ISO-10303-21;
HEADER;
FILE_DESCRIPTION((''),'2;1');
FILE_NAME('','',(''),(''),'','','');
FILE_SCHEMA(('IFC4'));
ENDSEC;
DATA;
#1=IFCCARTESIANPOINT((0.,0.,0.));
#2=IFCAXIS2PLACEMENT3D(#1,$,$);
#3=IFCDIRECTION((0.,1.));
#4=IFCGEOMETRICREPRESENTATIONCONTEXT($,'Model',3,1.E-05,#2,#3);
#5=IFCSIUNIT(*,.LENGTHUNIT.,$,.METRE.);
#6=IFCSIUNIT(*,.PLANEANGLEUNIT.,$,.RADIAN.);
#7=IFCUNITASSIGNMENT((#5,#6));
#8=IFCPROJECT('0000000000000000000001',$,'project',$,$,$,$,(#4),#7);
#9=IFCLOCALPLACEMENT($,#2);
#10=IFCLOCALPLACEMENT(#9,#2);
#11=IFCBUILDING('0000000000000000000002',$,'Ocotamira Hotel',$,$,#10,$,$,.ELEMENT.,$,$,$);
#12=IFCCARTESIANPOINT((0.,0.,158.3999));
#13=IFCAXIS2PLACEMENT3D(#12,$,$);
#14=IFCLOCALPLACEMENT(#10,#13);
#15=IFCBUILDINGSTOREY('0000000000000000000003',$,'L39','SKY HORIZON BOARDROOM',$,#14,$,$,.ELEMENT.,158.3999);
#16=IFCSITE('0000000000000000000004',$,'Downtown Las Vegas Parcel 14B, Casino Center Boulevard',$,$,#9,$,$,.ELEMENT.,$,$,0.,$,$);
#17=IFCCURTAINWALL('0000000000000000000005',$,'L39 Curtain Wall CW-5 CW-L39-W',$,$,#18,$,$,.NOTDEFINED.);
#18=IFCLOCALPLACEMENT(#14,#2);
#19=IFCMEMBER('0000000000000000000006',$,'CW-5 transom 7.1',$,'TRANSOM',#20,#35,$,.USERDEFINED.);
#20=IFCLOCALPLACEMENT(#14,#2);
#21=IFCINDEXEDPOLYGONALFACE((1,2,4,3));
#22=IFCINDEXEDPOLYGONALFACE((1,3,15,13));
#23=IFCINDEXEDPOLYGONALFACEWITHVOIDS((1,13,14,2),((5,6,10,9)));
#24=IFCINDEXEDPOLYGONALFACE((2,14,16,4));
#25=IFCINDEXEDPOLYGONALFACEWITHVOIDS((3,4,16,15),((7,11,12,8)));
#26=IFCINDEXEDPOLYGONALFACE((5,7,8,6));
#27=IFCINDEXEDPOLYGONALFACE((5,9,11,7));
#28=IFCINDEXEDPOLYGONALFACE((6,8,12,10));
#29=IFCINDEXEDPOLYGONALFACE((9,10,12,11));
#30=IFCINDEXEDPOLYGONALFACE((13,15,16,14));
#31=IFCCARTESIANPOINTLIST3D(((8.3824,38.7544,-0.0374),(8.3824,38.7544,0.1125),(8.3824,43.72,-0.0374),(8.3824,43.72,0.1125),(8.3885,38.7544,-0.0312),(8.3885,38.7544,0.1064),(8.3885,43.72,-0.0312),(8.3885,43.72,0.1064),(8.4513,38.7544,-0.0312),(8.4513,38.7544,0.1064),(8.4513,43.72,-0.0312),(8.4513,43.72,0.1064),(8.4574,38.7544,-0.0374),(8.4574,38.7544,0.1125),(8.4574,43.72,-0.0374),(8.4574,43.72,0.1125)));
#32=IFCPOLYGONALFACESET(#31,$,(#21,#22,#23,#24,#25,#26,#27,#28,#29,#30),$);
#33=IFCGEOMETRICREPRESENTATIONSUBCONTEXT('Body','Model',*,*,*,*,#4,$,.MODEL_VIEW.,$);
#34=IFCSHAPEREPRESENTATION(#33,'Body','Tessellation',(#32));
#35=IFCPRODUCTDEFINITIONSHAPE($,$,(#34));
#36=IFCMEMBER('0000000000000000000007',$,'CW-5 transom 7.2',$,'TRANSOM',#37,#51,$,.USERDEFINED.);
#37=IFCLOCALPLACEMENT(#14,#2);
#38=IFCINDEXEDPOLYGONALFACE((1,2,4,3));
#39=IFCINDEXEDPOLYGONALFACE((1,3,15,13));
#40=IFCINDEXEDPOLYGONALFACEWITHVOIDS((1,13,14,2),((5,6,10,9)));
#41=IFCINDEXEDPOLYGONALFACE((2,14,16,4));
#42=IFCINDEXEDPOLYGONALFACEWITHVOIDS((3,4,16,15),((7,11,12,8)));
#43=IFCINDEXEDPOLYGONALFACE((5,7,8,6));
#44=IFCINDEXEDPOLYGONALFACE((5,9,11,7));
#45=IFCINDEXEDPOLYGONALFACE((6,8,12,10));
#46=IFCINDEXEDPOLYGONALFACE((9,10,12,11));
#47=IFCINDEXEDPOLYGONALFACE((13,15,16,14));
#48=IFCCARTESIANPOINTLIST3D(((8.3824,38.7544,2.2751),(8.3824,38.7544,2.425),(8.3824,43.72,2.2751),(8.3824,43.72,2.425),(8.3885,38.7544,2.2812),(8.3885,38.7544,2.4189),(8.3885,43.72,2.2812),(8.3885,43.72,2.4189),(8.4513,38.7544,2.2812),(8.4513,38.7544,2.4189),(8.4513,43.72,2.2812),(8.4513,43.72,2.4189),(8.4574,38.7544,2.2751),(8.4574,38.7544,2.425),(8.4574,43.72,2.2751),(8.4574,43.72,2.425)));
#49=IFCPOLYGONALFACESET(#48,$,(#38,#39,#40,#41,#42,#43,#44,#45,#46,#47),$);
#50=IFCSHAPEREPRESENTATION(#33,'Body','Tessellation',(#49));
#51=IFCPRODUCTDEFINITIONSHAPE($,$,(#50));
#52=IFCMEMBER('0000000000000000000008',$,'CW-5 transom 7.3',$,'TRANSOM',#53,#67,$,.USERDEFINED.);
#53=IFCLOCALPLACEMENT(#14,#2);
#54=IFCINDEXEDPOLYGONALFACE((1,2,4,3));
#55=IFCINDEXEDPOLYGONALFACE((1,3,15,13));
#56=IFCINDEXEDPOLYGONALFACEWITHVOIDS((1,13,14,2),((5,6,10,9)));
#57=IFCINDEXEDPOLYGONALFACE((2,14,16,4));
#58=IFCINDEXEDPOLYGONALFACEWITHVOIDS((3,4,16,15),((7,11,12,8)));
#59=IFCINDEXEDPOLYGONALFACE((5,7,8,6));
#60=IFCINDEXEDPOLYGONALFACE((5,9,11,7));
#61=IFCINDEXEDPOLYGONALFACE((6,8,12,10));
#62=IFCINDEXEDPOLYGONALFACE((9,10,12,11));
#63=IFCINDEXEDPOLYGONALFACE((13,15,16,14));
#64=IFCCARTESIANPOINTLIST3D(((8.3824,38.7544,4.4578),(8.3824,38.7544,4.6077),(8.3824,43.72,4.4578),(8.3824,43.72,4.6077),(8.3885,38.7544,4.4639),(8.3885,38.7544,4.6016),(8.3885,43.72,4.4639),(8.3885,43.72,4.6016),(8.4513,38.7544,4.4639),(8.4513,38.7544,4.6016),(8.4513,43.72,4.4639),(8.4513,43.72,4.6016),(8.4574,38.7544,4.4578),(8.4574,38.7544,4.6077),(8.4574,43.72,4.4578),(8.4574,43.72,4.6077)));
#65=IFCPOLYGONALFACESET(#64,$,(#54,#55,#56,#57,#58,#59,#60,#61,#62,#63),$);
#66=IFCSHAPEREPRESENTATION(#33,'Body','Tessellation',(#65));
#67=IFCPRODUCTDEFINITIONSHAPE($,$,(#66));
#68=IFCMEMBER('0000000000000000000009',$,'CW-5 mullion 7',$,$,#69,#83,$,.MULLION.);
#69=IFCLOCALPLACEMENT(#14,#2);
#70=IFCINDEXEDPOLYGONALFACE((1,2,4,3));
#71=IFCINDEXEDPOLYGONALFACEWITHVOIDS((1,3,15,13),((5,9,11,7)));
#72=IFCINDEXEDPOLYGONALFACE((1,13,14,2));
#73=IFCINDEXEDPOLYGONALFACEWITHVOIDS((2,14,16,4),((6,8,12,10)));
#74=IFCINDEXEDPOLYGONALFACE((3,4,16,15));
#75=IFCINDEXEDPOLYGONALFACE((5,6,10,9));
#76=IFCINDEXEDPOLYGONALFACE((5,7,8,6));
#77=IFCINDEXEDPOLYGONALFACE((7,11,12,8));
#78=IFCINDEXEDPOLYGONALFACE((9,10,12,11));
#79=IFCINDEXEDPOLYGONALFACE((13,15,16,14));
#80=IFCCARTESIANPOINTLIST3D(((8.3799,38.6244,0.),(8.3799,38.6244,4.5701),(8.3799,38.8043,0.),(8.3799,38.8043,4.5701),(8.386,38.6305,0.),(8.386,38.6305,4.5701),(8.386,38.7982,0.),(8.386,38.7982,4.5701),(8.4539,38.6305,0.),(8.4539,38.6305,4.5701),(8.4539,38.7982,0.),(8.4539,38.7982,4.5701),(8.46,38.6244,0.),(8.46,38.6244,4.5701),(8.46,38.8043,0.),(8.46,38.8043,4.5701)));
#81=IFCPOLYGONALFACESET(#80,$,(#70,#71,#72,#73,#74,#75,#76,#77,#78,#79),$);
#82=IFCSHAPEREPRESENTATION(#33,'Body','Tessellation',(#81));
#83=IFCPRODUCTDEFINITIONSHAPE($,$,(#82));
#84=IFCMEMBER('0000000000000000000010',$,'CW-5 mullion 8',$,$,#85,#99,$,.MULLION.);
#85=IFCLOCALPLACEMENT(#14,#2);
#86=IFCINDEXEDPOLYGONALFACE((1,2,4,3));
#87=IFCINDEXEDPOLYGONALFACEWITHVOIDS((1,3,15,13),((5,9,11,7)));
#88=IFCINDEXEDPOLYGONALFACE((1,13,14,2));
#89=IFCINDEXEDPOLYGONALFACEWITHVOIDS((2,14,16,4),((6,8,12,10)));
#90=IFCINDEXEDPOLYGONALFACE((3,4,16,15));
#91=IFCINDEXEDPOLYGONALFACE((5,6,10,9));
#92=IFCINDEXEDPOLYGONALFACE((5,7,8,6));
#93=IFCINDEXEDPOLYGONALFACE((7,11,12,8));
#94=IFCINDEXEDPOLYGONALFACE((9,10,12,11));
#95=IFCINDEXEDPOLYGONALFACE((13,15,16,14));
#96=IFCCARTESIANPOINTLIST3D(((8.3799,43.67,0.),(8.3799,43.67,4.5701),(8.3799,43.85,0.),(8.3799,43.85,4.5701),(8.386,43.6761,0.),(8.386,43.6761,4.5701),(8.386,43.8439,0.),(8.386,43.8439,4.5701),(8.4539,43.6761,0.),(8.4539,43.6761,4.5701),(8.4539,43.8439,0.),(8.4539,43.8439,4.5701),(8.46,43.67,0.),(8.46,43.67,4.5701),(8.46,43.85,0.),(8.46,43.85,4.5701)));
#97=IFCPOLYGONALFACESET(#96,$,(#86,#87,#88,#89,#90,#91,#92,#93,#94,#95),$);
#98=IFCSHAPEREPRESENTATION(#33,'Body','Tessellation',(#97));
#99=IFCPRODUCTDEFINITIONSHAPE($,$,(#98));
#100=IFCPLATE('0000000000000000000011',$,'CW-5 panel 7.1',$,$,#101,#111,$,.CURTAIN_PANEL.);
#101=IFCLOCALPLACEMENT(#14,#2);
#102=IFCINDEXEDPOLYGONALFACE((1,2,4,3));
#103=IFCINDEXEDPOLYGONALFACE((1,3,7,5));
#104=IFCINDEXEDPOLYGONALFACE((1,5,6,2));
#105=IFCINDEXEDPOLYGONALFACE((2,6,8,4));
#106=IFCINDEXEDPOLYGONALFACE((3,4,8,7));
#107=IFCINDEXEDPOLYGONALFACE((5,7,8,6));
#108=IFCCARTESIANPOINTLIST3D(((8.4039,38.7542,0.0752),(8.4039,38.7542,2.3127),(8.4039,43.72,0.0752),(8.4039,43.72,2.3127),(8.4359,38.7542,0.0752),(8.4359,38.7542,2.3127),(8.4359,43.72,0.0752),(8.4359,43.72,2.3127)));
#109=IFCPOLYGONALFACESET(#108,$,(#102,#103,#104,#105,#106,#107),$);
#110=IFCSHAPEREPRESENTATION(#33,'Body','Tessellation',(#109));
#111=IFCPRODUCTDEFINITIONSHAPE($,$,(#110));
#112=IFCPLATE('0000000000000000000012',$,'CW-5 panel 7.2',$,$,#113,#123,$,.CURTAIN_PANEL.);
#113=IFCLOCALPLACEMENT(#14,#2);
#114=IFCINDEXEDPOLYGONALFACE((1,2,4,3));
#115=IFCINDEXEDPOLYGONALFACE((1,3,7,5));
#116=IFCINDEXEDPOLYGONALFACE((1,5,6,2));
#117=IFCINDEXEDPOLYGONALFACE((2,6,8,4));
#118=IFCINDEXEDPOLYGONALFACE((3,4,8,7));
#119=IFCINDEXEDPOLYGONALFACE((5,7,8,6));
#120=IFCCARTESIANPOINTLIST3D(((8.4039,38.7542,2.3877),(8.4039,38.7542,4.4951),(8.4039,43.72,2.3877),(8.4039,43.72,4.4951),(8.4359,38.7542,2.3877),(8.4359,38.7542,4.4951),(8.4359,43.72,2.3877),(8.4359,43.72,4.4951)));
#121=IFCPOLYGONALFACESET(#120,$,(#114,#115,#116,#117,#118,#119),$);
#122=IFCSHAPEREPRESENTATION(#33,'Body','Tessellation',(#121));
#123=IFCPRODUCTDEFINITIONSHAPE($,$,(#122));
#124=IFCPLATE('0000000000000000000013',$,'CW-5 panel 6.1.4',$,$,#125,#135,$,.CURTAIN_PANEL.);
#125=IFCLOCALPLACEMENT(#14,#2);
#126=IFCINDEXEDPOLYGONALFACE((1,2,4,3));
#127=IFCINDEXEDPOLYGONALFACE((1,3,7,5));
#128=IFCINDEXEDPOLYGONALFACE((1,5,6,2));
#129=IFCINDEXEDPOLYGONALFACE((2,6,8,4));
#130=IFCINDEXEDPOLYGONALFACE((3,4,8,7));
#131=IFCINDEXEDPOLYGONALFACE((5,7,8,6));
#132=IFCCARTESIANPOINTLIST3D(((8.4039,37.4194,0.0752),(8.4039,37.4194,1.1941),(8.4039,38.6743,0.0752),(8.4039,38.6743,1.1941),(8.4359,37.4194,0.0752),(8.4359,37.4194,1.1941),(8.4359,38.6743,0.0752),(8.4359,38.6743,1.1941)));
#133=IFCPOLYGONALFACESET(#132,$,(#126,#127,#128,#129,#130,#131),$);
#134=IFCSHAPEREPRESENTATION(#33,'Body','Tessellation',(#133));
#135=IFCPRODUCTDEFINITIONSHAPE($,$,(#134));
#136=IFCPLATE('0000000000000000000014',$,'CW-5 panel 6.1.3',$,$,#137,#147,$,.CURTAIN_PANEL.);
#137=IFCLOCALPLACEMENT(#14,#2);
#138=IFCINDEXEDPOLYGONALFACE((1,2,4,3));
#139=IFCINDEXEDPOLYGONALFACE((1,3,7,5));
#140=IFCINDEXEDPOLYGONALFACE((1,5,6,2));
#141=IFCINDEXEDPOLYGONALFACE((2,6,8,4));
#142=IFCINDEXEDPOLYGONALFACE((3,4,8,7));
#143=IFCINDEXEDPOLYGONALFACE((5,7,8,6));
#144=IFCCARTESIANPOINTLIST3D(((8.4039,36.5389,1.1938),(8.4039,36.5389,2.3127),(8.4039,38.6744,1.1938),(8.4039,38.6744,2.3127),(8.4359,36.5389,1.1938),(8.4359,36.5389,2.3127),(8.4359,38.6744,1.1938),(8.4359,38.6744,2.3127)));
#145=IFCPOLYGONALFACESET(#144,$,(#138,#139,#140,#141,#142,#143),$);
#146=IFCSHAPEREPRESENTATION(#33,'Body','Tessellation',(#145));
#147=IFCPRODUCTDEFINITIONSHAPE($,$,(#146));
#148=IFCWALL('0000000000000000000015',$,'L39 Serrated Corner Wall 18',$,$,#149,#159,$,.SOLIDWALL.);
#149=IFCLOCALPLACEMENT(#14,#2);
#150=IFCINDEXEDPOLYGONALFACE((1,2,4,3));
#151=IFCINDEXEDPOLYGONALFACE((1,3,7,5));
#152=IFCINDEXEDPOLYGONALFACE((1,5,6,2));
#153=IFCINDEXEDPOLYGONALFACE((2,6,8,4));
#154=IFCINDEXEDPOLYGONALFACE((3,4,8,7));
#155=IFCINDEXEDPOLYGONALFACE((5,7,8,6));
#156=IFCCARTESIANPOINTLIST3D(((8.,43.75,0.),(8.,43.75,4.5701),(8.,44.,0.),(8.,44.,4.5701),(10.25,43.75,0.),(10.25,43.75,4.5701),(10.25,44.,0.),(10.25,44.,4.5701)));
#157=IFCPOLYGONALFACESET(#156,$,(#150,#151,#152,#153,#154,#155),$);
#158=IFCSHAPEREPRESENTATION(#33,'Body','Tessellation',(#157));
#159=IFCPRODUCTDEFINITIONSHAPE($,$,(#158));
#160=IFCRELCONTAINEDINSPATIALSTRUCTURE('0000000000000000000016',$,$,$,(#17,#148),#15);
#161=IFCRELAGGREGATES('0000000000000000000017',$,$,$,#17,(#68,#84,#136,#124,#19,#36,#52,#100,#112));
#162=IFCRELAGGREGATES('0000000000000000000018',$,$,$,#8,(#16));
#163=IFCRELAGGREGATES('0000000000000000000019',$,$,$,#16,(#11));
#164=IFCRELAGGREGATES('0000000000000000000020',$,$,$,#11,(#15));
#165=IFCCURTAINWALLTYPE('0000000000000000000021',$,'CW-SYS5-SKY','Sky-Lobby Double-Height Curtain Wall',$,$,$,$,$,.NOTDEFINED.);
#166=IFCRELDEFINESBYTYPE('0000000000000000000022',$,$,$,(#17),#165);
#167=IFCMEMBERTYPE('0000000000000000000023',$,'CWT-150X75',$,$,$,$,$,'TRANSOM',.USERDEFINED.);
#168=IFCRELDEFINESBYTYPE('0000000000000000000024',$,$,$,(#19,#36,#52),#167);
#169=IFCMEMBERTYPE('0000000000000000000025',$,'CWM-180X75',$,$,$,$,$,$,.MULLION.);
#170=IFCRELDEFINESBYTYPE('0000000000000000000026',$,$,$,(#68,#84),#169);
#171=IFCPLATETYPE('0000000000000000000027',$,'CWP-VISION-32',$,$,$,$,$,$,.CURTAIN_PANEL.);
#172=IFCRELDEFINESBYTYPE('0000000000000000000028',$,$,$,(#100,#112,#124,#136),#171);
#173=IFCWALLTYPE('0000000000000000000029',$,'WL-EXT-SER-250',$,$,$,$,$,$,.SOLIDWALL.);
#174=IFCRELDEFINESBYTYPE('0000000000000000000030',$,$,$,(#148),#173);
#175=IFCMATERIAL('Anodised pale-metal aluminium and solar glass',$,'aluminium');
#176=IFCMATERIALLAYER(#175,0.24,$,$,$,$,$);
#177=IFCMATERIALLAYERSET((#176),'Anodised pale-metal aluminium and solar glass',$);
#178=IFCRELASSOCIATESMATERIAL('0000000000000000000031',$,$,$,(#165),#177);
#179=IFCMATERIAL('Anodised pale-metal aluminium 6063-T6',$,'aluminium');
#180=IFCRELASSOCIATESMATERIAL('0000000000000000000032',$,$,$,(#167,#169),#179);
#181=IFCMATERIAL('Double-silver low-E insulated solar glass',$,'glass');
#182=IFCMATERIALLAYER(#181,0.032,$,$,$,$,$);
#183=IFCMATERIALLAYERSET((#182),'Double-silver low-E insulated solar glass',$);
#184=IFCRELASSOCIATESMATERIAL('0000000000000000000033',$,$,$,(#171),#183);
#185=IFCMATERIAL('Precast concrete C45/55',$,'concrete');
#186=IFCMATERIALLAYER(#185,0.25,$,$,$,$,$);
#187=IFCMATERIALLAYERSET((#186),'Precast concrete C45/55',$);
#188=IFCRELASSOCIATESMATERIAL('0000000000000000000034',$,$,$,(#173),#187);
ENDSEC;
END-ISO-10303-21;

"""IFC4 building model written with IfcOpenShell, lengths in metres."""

from ifc_helpers import new_model, si_unit, direction, frame, frame_2d, origin, origin_2d, place, context, subcontext, project, spatial, rectangle, hollow_rectangle, extrude, source, transform, mapped, material, layer, layer_set, material_profile, profile_set, type_object, element, aggregate, save


model = new_model("IFC4")

# Units and contexts
model_context = context("Model", 3, precision=1e-05, world=origin(), true_north=direction((0.0, 1.0)))
body_context = subcontext(model_context, "Body", "Model", "MODEL_VIEW")
ifc_project = project(units=[si_unit("LENGTHUNIT", "METRE"), si_unit("PLANEANGLEUNIT", "RADIAN")], contexts=[model_context])

# Site, building, storey
site_placement = place(None, origin())
site = spatial("IfcSite", under=ifc_project, at=site_placement, Name="Downtown Las Vegas Parcel 14B, Casino Center Boulevard", CompositionType="ELEMENT", RefElevation=0.0)
building_placement = place(site_placement, origin())
building = spatial("IfcBuilding", under=site, at=building_placement, Name="Ocotamira Hotel", CompositionType="ELEMENT")
storey_placement = place(building_placement, frame((0.0, 0.0, 158.3999)))
storey = spatial("IfcBuildingStorey", under=building, at=storey_placement, Name="L39", Description="SKY HORIZON BOARDROOM", CompositionType="ELEMENT", Elevation=158.3999)

# Curtain wall, members, plates
ifc_material_1 = material(Name="Anodised pale-metal aluminium and solar glass", Category="aluminium")
ifc_layer_1 = layer(ifc_material_1, 0.24)
ifc_layer_set_1 = layer_set([ifc_layer_1], Name="Anodised pale-metal aluminium and solar glass")
curtain_wall_type = type_object("IfcCurtainWallType", Name="CW-SYS5-SKY", Description="Sky-Lobby Double-Height Curtain Wall", PredefinedType="NOTDEFINED", material=ifc_layer_set_1)
curtain_wall_placement = place(storey_placement, origin())
curtain_wall = element("IfcCurtainWall", 1, at=curtain_wall_placement, inside=storey, type_object=curtain_wall_type, Name="L39 Curtain Wall CW-5 CW-L39-W", PredefinedType="NOTDEFINED")
ifc_material_2 = material(Name="Anodised pale-metal aluminium 6063-T6", Category="aluminium")
ifc_material_profile_1 = material_profile(ifc_material_2, hollow_rectangle(XDim=0.075, YDim=0.1499, WallThickness=0.0061, at=origin_2d()), Name="HSS150X75X6")
ifc_profile_set_1 = profile_set([ifc_material_profile_1], Name="Anodised pale-metal aluminium 6063-T6")
member_type_1 = type_object("IfcMemberType", Name="CWT-150X75", ElementType="TRANSOM", PredefinedType="USERDEFINED", material=ifc_profile_set_1)
shared_shape_1 = source(origin(), body_context, "Body", "SweptSolid", [
    extrude(hollow_rectangle(XDim=0.075, YDim=0.1499, WallThickness=0.0061, at=origin_2d()), origin(), (0.0, 0.0, 1.0), 4.9656),
])
member_1_placement = place(storey_placement, frame((8.4199, 38.7544, 0.0376), z_axis=(0.0, 1.0, 0.0), x_axis=(-1.0, 0.0, 0.0)))
member_1 = element("IfcMember", 2, at=member_1_placement, type_object=member_type_1, Name="CW-5 transom 7.1", ObjectType="TRANSOM", PredefinedType="USERDEFINED", context=body_context, shape_type="MappedRepresentation", body=[
    mapped(shared_shape_1, transform((0.0, 0.0, 0.0), scale=1.0)),
])
member_2_placement = place(storey_placement, frame((8.4199, 38.7544, 2.3501), z_axis=(0.0, 1.0, 0.0), x_axis=(-1.0, 0.0, 0.0)))
member_2 = element("IfcMember", 3, at=member_2_placement, type_object=member_type_1, Name="CW-5 transom 7.2", ObjectType="TRANSOM", PredefinedType="USERDEFINED", context=body_context, shape_type="MappedRepresentation", body=[
    mapped(shared_shape_1, transform((0.0, 0.0, 0.0), scale=1.0)),
])
member_3_placement = place(storey_placement, frame((8.4199, 38.7544, 4.5327), z_axis=(0.0, 1.0, 0.0), x_axis=(-1.0, 0.0, 0.0)))
member_3 = element("IfcMember", 4, at=member_3_placement, type_object=member_type_1, Name="CW-5 transom 7.3", ObjectType="TRANSOM", PredefinedType="USERDEFINED", context=body_context, shape_type="MappedRepresentation", body=[
    mapped(shared_shape_1, transform((0.0, 0.0, 0.0), scale=1.0)),
])
ifc_material_profile_2 = material_profile(ifc_material_2, hollow_rectangle(XDim=0.0801, YDim=0.1799, WallThickness=0.0061, at=origin_2d()), Name="HSS180X80X6")
ifc_profile_set_2 = profile_set([ifc_material_profile_2], Name="Anodised pale-metal aluminium 6063-T6")
member_type_2 = type_object("IfcMemberType", Name="CWM-180X75", PredefinedType="MULLION", material=ifc_profile_set_2)
shared_shape_2 = source(origin(), body_context, "Body", "SweptSolid", [
    extrude(hollow_rectangle(XDim=0.0801, YDim=0.1799, WallThickness=0.0061, at=origin_2d()), origin(), (0.0, 0.0, 1.0), 4.5701),
])
member_4_placement = place(storey_placement, frame((8.4199, 38.7144, 0.0), z_axis=(0.0, 0.0, 1.0), x_axis=(-1.0, 0.0, 0.0)))
member_4 = element("IfcMember", 5, at=member_4_placement, type_object=member_type_2, Name="CW-5 mullion 7", PredefinedType="MULLION", context=body_context, shape_type="MappedRepresentation", body=[
    mapped(shared_shape_2, transform((0.0, 0.0, 0.0), scale=1.0)),
])
member_5_placement = place(storey_placement, frame((8.4199, 43.76, 0.0), z_axis=(0.0, 0.0, 1.0), x_axis=(-1.0, 0.0, 0.0)))
member_5 = element("IfcMember", 6, at=member_5_placement, type_object=member_type_2, Name="CW-5 mullion 8", PredefinedType="MULLION", context=body_context, shape_type="MappedRepresentation", body=[
    mapped(shared_shape_2, transform((0.0, 0.0, 0.0), scale=1.0)),
])
ifc_material_3 = material(Name="Double-silver low-E insulated solar glass", Category="glass")
ifc_layer_2 = layer(ifc_material_3, 0.032)
ifc_layer_set_2 = layer_set([ifc_layer_2], Name="Double-silver low-E insulated solar glass")
plate_type = type_object("IfcPlateType", Name="CWP-VISION-32", PredefinedType="CURTAIN_PANEL", material=ifc_layer_set_2)
shared_shape_3 = source(origin(), body_context, "Body", "SweptSolid", [
    extrude(rectangle(XDim=4.9658, YDim=0.032, at=origin_2d()), origin(), (0.0, 0.0, 1.0), 2.2375),
])
plate_1_placement = place(storey_placement, frame((8.4199, 41.2371, 0.0752), z_axis=(0.0, 0.0, 1.0), x_axis=(0.0, 1.0, 0.0)))
plate_1 = element("IfcPlate", 7, at=plate_1_placement, type_object=plate_type, Name="CW-5 panel 7.1", PredefinedType="CURTAIN_PANEL", context=body_context, shape_type="MappedRepresentation", body=[
    mapped(shared_shape_3, transform((0.0, 0.0, 0.0), scale=1.0)),
])
shared_shape_4 = source(origin(), body_context, "Body", "SweptSolid", [
    extrude(rectangle(XDim=4.9658, YDim=0.032, at=origin_2d()), origin(), (0.0, 0.0, 1.0), 2.1074),
])
plate_2_placement = place(storey_placement, frame((8.4199, 41.2371, 2.3877), z_axis=(0.0, 0.0, 1.0), x_axis=(0.0, 1.0, 0.0)))
plate_2 = element("IfcPlate", 8, at=plate_2_placement, type_object=plate_type, Name="CW-5 panel 7.2", PredefinedType="CURTAIN_PANEL", context=body_context, shape_type="MappedRepresentation", body=[
    mapped(shared_shape_4, transform((0.0, 0.0, 0.0), scale=1.0)),
])
shared_shape_5 = source(origin(), body_context, "Body", "SweptSolid", [
    extrude(rectangle(XDim=1.2549, YDim=0.032, at=origin_2d()), origin(), (0.0, 0.0, 1.0), 1.1189),
])
plate_3_placement = place(storey_placement, frame((8.4199, 38.0469, 0.0752), z_axis=(0.0, 0.0, 1.0), x_axis=(0.0, 1.0, 0.0)))
plate_3 = element("IfcPlate", 9, at=plate_3_placement, type_object=plate_type, Name="CW-5 panel 6.1.4", PredefinedType="CURTAIN_PANEL", context=body_context, shape_type="MappedRepresentation", body=[
    mapped(shared_shape_5, transform((0.0, 0.0, 0.0), scale=1.0)),
])
shared_shape_6 = source(origin(), body_context, "Body", "SweptSolid", [
    extrude(rectangle(XDim=2.1355, YDim=0.032, at=origin_2d()), origin(), (0.0, 0.0, 1.0), 1.1189),
])
plate_4_placement = place(storey_placement, frame((8.4199, 37.6067, 1.1938), z_axis=(0.0, 0.0, 1.0), x_axis=(0.0, 1.0, 0.0)))
plate_4 = element("IfcPlate", 10, at=plate_4_placement, type_object=plate_type, Name="CW-5 panel 6.1.3", PredefinedType="CURTAIN_PANEL", context=body_context, shape_type="MappedRepresentation", body=[
    mapped(shared_shape_6, transform((0.0, 0.0, 0.0), scale=1.0)),
])
aggregate(curtain_wall, [member_4, member_5, plate_4, plate_3, member_1, member_2, member_3, plate_1, plate_2])

# Wall
ifc_material_4 = material(Name="Precast concrete C45/55", Category="concrete")
ifc_layer_3 = layer(ifc_material_4, 0.25)
ifc_layer_set_3 = layer_set([ifc_layer_3], Name="Precast concrete C45/55")
wall_type_1 = type_object("IfcWallType", Name="WL-EXT-SER-250", PredefinedType="SOLIDWALL", material=ifc_layer_set_3)
wall_1_placement = place(storey_placement, frame((10.25, 43.875, 0.0), z_axis=(0.0, 0.0, 1.0), x_axis=(-1.0, 0.0, 0.0)))
element("IfcWall", 11, at=wall_1_placement, inside=storey, type_object=wall_type_1, Name="L39 Serrated Corner Wall 18", PredefinedType="SOLIDWALL", context=body_context, shape_type="SweptSolid", body=[
    extrude(rectangle(XDim=2.25, YDim=0.25, at=frame_2d((1.125, 0.0))), origin(), (0.0, 0.0, 1.0), 4.5701),
])

save(model, "model.ifc")
